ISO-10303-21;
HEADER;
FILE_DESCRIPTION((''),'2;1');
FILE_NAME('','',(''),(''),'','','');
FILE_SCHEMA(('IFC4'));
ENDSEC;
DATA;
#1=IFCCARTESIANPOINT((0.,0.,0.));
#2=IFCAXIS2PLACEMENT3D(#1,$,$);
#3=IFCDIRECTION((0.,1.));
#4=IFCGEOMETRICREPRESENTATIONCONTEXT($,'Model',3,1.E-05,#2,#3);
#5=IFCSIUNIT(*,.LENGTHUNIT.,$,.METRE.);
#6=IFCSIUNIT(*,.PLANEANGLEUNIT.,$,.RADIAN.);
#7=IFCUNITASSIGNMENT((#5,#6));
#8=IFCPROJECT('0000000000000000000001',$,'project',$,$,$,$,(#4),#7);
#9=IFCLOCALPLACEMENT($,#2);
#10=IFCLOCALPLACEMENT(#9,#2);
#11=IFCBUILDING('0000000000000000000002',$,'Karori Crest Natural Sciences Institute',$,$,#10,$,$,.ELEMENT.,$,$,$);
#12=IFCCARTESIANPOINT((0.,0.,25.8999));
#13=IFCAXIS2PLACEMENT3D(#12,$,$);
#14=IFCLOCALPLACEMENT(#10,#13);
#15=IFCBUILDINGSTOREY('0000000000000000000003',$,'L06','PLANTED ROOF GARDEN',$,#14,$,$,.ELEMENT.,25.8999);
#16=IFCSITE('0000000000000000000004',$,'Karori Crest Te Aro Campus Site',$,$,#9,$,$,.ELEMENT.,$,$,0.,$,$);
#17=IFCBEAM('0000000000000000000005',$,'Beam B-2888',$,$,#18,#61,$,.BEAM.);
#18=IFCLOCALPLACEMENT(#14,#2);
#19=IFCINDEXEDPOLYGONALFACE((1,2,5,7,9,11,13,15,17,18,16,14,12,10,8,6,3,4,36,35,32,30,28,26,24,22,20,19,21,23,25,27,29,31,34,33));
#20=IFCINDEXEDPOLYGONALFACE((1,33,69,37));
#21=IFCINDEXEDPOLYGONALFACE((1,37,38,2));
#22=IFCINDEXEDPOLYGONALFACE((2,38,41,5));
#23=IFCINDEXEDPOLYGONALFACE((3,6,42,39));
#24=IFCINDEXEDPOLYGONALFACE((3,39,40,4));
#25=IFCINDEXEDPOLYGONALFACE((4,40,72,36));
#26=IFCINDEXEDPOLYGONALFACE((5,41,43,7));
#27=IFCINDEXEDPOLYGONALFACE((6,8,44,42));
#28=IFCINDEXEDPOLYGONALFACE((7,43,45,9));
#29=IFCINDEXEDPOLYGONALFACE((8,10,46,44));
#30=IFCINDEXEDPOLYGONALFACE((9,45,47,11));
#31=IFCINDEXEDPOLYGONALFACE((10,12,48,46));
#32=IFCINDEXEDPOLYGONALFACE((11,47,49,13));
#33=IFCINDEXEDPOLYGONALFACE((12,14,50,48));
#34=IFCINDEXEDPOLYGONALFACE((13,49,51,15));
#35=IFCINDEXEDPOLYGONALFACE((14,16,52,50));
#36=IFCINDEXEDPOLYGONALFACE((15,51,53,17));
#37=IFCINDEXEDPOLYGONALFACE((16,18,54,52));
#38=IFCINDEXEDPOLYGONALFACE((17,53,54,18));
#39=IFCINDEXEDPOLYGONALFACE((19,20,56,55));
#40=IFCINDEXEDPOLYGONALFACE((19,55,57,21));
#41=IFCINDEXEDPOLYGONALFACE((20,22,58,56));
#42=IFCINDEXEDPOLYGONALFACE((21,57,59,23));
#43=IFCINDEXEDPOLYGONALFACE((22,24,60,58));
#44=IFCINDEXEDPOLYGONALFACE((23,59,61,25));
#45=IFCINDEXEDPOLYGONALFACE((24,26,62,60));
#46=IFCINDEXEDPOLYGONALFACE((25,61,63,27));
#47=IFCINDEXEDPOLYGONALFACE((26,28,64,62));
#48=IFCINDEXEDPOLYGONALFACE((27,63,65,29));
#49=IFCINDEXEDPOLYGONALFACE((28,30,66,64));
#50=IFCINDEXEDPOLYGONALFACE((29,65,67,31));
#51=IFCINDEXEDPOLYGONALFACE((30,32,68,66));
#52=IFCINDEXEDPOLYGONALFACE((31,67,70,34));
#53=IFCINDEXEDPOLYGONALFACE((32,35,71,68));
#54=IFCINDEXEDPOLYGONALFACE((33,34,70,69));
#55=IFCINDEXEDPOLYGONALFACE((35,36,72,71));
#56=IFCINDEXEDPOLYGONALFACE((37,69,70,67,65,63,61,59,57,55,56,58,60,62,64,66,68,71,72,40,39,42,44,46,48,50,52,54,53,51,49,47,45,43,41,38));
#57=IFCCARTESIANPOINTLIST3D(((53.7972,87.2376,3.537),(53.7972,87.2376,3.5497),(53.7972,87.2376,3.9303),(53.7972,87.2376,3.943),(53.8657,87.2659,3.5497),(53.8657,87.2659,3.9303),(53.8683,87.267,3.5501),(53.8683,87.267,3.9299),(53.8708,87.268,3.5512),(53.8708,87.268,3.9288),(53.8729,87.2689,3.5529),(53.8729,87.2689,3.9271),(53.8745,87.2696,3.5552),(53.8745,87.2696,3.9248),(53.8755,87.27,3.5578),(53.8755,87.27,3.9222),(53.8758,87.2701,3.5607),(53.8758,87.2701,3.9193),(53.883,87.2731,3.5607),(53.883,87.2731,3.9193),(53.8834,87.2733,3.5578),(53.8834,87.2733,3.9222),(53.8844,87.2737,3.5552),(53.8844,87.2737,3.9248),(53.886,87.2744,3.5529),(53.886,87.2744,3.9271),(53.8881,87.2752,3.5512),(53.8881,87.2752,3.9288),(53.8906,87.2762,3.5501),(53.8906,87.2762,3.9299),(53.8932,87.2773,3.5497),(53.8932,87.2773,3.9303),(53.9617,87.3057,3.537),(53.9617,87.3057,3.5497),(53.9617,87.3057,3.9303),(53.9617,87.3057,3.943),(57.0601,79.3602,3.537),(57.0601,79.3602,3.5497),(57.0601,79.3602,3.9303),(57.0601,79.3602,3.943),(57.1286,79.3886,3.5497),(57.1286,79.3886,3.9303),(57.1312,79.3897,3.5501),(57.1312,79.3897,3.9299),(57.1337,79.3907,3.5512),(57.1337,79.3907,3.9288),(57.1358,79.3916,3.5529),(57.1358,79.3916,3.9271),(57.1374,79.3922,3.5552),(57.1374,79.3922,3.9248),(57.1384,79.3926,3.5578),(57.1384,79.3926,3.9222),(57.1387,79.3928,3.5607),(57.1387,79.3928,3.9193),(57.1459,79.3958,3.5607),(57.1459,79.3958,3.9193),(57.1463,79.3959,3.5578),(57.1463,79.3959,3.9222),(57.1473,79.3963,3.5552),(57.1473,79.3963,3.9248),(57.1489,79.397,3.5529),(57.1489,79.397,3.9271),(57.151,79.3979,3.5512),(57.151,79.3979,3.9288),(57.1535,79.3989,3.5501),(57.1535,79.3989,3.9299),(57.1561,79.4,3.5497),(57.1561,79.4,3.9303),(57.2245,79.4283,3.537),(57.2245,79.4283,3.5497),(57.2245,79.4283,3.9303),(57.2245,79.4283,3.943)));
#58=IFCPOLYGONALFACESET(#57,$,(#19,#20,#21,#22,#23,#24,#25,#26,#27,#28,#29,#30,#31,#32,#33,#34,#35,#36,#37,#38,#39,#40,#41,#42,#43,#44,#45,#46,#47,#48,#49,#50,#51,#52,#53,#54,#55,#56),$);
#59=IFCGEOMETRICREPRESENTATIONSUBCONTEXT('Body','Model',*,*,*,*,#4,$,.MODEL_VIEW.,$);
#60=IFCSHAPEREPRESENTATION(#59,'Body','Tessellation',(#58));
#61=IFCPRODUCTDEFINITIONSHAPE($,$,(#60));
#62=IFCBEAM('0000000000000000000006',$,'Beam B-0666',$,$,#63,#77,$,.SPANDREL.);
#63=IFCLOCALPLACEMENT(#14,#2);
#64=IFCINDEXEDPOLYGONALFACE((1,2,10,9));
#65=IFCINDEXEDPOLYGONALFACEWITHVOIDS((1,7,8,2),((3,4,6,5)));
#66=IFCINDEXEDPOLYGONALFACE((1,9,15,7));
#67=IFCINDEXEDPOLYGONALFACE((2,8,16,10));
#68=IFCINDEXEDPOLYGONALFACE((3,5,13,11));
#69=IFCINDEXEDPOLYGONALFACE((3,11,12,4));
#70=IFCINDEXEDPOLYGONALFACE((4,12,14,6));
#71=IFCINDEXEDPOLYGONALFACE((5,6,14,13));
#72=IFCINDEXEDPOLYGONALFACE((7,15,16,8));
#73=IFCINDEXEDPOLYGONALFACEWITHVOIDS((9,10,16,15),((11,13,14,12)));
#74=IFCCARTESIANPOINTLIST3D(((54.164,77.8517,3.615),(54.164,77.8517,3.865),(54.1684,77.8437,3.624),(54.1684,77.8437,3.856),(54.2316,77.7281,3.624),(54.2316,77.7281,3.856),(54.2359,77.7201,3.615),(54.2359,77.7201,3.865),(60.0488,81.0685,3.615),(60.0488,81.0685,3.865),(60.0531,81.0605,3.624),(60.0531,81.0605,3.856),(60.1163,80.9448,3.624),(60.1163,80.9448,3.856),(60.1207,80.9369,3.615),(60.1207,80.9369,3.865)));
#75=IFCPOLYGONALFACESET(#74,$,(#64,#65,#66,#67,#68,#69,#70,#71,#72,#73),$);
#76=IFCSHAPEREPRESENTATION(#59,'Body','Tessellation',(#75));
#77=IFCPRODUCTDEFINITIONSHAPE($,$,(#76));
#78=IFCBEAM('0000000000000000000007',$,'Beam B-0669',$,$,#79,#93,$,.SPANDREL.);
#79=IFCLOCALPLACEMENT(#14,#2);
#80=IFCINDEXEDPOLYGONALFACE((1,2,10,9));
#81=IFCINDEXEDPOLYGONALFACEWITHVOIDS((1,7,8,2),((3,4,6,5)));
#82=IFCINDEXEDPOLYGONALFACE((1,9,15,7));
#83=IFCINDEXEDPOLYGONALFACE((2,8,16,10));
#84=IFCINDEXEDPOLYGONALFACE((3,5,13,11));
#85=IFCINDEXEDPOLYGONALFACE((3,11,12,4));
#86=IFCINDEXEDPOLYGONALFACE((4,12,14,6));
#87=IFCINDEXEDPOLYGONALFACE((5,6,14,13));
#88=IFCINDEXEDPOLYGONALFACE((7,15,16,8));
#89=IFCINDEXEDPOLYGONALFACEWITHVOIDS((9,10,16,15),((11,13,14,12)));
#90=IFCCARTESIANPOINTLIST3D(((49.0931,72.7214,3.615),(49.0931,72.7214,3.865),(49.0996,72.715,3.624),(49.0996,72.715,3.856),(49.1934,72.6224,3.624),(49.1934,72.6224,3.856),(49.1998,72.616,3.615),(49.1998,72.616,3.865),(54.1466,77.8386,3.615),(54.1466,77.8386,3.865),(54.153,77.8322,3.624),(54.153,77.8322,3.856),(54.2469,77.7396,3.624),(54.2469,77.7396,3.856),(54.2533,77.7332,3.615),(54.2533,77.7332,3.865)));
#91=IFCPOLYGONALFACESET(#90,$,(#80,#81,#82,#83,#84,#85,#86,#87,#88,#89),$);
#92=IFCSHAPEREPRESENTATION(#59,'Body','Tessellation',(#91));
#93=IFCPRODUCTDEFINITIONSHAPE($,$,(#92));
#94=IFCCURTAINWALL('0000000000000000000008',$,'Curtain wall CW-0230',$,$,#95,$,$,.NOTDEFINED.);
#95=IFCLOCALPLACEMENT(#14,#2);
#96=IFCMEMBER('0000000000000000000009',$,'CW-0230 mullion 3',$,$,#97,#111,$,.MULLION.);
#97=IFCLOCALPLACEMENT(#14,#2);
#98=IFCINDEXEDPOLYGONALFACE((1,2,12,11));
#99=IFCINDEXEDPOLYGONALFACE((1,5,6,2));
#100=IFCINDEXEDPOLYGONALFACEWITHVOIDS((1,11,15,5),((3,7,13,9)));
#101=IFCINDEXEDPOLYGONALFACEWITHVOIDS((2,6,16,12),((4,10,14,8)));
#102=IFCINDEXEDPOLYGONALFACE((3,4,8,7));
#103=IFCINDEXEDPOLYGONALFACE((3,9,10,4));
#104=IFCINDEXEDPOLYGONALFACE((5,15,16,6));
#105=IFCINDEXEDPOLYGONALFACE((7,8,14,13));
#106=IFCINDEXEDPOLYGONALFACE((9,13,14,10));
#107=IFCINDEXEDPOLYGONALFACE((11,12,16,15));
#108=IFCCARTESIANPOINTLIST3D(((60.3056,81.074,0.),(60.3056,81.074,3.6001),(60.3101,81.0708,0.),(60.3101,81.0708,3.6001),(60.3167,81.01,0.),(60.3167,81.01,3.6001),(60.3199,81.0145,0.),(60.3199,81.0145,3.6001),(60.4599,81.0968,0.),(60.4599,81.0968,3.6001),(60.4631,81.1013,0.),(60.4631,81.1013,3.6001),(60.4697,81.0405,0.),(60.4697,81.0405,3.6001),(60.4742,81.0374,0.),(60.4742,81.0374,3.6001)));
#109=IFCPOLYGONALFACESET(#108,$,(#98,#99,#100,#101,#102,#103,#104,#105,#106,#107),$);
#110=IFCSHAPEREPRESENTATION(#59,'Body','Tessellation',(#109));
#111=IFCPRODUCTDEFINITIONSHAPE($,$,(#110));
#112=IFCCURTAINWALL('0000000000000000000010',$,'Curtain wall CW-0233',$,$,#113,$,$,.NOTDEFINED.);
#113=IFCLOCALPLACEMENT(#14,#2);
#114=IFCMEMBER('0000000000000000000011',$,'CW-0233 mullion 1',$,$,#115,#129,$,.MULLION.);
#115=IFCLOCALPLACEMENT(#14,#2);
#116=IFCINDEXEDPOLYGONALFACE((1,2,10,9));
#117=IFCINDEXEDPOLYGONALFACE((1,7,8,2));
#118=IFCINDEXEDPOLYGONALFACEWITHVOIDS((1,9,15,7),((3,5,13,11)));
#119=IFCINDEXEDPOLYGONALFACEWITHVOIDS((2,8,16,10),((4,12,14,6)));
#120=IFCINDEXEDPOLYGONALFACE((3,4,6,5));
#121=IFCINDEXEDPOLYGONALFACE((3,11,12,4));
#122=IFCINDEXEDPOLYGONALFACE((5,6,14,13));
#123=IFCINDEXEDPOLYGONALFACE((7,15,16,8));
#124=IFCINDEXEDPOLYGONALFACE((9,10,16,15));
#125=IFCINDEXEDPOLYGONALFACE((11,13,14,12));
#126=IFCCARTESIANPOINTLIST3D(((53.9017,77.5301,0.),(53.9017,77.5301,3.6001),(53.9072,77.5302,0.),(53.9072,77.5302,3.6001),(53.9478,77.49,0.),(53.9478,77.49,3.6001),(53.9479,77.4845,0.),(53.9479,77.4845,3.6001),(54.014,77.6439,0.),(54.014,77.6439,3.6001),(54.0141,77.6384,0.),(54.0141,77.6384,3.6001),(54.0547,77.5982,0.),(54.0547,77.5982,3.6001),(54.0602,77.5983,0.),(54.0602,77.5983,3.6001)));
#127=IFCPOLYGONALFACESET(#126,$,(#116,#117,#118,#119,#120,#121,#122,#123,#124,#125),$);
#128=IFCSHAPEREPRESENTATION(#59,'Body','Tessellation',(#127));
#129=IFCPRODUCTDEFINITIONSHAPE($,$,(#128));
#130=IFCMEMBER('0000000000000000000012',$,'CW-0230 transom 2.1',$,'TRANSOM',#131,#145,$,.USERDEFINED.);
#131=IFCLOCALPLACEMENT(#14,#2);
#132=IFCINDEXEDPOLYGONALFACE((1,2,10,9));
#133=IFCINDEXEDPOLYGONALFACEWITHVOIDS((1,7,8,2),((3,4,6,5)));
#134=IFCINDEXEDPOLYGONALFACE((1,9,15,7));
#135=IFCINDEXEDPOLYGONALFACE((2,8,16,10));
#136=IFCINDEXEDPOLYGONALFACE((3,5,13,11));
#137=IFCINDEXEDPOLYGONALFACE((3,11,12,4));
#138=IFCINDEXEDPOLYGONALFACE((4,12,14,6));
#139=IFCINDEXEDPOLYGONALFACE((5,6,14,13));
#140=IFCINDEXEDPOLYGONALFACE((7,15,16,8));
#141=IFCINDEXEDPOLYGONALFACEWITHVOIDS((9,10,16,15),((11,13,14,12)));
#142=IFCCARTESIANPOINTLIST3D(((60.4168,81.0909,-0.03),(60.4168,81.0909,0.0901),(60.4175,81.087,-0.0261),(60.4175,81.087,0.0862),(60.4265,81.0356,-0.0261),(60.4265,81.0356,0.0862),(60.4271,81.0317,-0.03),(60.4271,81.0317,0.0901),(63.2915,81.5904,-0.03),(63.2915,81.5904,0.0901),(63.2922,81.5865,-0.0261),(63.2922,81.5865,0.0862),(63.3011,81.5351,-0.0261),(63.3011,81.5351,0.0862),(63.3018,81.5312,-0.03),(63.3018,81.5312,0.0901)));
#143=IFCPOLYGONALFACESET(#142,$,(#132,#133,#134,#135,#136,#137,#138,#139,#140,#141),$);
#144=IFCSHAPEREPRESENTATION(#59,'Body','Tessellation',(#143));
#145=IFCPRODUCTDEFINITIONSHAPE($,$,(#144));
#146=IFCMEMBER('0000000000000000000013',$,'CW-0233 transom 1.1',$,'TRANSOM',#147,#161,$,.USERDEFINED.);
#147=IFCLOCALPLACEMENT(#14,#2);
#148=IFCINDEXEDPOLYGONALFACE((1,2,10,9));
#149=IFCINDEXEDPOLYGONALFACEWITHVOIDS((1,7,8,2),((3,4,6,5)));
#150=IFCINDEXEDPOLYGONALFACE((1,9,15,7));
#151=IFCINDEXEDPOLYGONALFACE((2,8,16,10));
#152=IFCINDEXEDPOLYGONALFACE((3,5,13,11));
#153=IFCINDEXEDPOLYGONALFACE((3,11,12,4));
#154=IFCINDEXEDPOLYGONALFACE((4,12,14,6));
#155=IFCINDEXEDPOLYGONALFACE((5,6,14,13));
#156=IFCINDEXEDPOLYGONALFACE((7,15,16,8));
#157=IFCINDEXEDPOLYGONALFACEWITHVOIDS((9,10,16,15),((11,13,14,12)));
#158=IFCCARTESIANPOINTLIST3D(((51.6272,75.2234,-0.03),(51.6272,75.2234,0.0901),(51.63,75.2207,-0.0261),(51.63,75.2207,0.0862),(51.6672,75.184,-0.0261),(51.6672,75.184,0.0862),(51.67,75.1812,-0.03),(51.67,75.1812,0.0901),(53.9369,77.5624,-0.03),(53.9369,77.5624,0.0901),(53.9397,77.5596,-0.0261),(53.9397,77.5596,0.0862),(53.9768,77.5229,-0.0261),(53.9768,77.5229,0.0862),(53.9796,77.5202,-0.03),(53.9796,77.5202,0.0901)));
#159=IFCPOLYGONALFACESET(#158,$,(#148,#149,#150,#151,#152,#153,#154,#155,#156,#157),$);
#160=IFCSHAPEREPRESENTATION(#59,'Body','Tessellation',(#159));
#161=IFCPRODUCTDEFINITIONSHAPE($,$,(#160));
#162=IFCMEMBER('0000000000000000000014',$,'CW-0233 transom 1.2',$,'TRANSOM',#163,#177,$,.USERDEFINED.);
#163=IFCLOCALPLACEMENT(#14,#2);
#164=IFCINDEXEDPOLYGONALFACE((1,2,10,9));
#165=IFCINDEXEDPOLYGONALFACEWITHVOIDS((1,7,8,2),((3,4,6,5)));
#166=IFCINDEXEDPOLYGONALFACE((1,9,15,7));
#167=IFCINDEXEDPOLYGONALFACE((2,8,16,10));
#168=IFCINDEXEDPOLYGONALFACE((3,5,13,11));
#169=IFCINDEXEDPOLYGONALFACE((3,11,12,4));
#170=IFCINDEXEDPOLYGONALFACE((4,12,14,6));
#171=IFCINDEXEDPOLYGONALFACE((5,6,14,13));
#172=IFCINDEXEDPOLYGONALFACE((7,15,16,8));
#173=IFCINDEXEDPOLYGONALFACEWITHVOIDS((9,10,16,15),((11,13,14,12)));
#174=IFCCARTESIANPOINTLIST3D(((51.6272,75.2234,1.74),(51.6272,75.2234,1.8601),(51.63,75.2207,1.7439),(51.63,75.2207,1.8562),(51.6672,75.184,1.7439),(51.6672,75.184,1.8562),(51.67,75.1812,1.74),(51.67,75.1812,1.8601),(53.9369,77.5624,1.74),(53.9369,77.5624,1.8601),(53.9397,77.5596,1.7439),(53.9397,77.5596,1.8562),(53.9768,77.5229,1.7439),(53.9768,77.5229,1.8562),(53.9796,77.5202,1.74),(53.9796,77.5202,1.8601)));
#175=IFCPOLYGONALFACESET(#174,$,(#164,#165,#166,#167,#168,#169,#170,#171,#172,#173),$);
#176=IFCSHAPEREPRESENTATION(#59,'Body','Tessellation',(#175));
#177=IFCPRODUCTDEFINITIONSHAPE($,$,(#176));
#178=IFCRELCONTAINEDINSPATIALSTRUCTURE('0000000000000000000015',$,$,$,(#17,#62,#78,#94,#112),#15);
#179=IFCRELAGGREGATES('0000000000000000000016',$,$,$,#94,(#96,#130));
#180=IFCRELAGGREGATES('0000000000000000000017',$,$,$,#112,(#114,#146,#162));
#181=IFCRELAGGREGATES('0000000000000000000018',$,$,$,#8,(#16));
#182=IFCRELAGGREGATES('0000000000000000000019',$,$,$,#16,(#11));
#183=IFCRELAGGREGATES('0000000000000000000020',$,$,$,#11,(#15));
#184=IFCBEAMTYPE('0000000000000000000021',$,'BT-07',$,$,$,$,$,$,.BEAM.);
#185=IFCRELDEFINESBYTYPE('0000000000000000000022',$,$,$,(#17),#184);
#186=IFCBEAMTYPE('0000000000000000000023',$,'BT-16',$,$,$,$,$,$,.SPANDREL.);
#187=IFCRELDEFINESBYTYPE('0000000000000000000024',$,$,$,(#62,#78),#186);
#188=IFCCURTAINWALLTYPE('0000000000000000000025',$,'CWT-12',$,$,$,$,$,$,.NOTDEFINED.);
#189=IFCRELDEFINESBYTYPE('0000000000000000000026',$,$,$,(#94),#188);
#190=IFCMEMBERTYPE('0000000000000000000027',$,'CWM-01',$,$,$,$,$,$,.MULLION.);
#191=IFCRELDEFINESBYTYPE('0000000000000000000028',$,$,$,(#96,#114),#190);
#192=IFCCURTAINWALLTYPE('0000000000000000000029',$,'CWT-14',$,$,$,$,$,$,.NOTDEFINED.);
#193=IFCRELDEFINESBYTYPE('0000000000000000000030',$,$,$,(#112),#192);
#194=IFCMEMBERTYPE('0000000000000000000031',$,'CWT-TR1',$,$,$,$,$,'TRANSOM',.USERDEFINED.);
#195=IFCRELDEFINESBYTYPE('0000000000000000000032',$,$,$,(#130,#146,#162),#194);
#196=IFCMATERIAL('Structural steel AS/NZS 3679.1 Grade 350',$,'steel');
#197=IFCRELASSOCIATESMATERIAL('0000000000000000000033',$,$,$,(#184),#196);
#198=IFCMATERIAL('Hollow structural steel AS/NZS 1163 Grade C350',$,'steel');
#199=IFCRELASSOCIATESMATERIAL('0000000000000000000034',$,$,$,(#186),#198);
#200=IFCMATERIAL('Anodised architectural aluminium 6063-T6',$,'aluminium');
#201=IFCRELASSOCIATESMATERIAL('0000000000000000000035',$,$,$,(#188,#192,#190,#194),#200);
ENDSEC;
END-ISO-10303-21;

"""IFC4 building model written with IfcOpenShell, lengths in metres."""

from ifc_helpers import new_model, si_unit, direction, frame, origin, origin_2d, place, context, subcontext, project, spatial, hollow_rectangle, i_section, extrude, material, material_profile, profile_set, type_object, element, aggregate, save


model = new_model("IFC4")

# Units and contexts
model_context = context("Model", 3, precision=1e-05, world=origin(), true_north=direction((0.0, 1.0)))
body_context = subcontext(model_context, "Body", "Model", "MODEL_VIEW")
ifc_project = project(units=[si_unit("LENGTHUNIT", "METRE"), si_unit("PLANEANGLEUNIT", "RADIAN")], contexts=[model_context])

# Site, building, storey
site_placement = place(None, origin())
site = spatial("IfcSite", under=ifc_project, at=site_placement, Name="Karori Crest Te Aro Campus Site", CompositionType="ELEMENT", RefElevation=0.0)
building_placement = place(site_placement, origin())
building = spatial("IfcBuilding", under=site, at=building_placement, Name="Karori Crest Natural Sciences Institute", CompositionType="ELEMENT")
storey_placement = place(building_placement, frame((0.0, 0.0, 25.8999)))
storey = spatial("IfcBuildingStorey", under=building, at=storey_placement, Name="L06", Description="PLANTED ROOF GARDEN", CompositionType="ELEMENT", Elevation=25.8999)

# Beams
ifc_material_1 = material(Name="Structural steel AS/NZS 3679.1 Grade 350", Category="steel")
ifc_material_profile_1 = material_profile(ifc_material_1, i_section(OverallWidth=0.178, OverallDepth=0.406, WebThickness=0.0078, FlangeThickness=0.0127, FilletRadius=0.011, at=origin_2d()), Name="410UB59.7")
ifc_profile_set_1 = profile_set([ifc_material_profile_1], Name="Structural steel AS/NZS 3679.1 Grade 350")
beam_type_1 = type_object("IfcBeamType", Name="BT-07", PredefinedType="BEAM", material=ifc_profile_set_1)
for number, where, z_axis, x_axis, name in (
    (1, (57.1423, 79.3943, 3.74), (-0.382683, 0.92388, 0.0), (-0.92388, -0.382683, 0.0), "Beam B-2888"),
):
    element("IfcBeam", number, at=place(storey_placement, frame(where, z_axis=z_axis, x_axis=x_axis)), inside=storey, type_object=beam_type_1, Name=name, PredefinedType="BEAM", context=body_context, shape_type="SweptSolid", body=[
        extrude(i_section(OverallWidth=0.178, OverallDepth=0.406, WebThickness=0.0078, FlangeThickness=0.0127, FilletRadius=0.011, at=origin_2d()), origin(), (0.0, 0.0, 1.0), 8.5264),
    ])
ifc_material_2 = material(Name="Hollow structural steel AS/NZS 1163 Grade C350", Category="steel")
ifc_material_profile_2 = material_profile(ifc_material_2, hollow_rectangle(XDim=0.1499, YDim=0.25, WallThickness=0.009, at=origin_2d()), Name="RHS250x150x9")
ifc_profile_set_2 = profile_set([ifc_material_profile_2], Name="Hollow structural steel AS/NZS 1163 Grade C350")
beam_type_2 = type_object("IfcBeamType", Name="BT-16", PredefinedType="SPANDREL", material=ifc_profile_set_2)
beam_1_placement = place(storey_placement, frame((60.0847, 81.0027, 3.74), z_axis=(-0.877461, -0.479648, 0.0), x_axis=(0.479648, -0.877461, 0.0)))
element("IfcBeam", 2, at=beam_1_placement, inside=storey, type_object=beam_type_2, Name="Beam B-0666", PredefinedType="SPANDREL", context=body_context, shape_type="SweptSolid", body=[
    extrude(hollow_rectangle(XDim=0.1499, YDim=0.25, WallThickness=0.009, at=origin_2d()), origin(), (0.0, 0.0, 1.0), 6.7065),
])
beam_2_placement = place(storey_placement, frame((54.2, 77.7859, 3.74), z_axis=(-0.702663, -0.711523, 0.0), x_axis=(0.711523, -0.702663, 0.0)))
element("IfcBeam", 3, at=beam_2_placement, inside=storey, type_object=beam_type_2, Name="Beam B-0669", PredefinedType="SPANDREL", context=body_context, shape_type="SweptSolid", body=[
    extrude(hollow_rectangle(XDim=0.1499, YDim=0.25, WallThickness=0.009, at=origin_2d()), origin(), (0.0, 0.0, 1.0), 7.1919),
])

# Curtain walls, members
ifc_material_3 = material(Name="Anodised architectural aluminium 6063-T6", Category="aluminium")
curtain_wall_type_1 = type_object("IfcCurtainWallType", Name="CWT-12", PredefinedType="NOTDEFINED", material=ifc_material_3)
curtain_wall_1_placement = place(storey_placement, origin())
curtain_wall_1 = element("IfcCurtainWall", 4, at=curtain_wall_1_placement, inside=storey, type_object=curtain_wall_type_1, Name="Curtain wall CW-0230", PredefinedType="NOTDEFINED")
ifc_material_profile_3 = material_profile(ifc_material_3, hollow_rectangle(XDim=0.0649, YDim=0.1599, WallThickness=0.0039, at=origin_2d()), Name="CWM160x65x4")
ifc_profile_set_3 = profile_set([ifc_material_profile_3], Name="Anodised architectural aluminium 6063-T6")
member_type_1 = type_object("IfcMemberType", Name="CWM-01", PredefinedType="MULLION", material=ifc_profile_set_3)
member_1_placement = place(storey_placement, frame((60.3899, 81.0557, 0.0), z_axis=(0.0, 0.0, 1.0), x_axis=(0.171174, -0.985241, 0.0)))
member_1 = element("IfcMember", 5, at=member_1_placement, type_object=member_type_1, Name="CW-0230 mullion 3", PredefinedType="MULLION", context=body_context, shape_type="SweptSolid", body=[
    extrude(hollow_rectangle(XDim=0.0649, YDim=0.1599, WallThickness=0.0039, at=origin_2d()), origin(), (0.0, 0.0, 1.0), 3.6001),
])
curtain_wall_type_2 = type_object("IfcCurtainWallType", Name="CWT-14", PredefinedType="NOTDEFINED", material=ifc_material_3)
curtain_wall_2_placement = place(storey_placement, origin())
curtain_wall_2 = element("IfcCurtainWall", 6, at=curtain_wall_2_placement, inside=storey, type_object=curtain_wall_type_2, Name="Curtain wall CW-0233", PredefinedType="NOTDEFINED")
member_2_placement = place(storey_placement, frame((53.981, 77.5642, 0.0), z_axis=(0.0, 0.0, 1.0), x_axis=(0.711525, -0.702661, 0.0)))
member_2 = element("IfcMember", 7, at=member_2_placement, type_object=member_type_1, Name="CW-0233 mullion 1", PredefinedType="MULLION", context=body_context, shape_type="SweptSolid", body=[
    extrude(hollow_rectangle(XDim=0.0649, YDim=0.1599, WallThickness=0.0039, at=origin_2d()), origin(), (0.0, 0.0, 1.0), 3.6001),
])

# Members
ifc_material_profile_4 = material_profile(ifc_material_3, hollow_rectangle(XDim=0.0601, YDim=0.1201, WallThickness=0.0039, at=origin_2d()), Name="CWT120x60x4")
ifc_profile_set_4 = profile_set([ifc_material_profile_4], Name="Anodised architectural aluminium 6063-T6")
member_type_2 = type_object("IfcMemberType", Name="CWT-TR1", ElementType="TRANSOM", PredefinedType="USERDEFINED", material=ifc_profile_set_4)
member_3_placement = place(storey_placement, frame((63.2966, 81.5608, 0.03), z_axis=(-0.985238, -0.171193, 0.0), x_axis=(0.171193, -0.985238, 0.0)))
member_3 = element("IfcMember", 8, at=member_3_placement, type_object=member_type_2, Name="CW-0230 transom 2.1", ObjectType="TRANSOM", PredefinedType="USERDEFINED", context=body_context, shape_type="SweptSolid", body=[
    extrude(hollow_rectangle(XDim=0.0601, YDim=0.1201, WallThickness=0.0039, at=origin_2d()), origin(), (0.0, 0.0, 1.0), 2.9177),
])
member_4_placement = place(storey_placement, frame((53.9583, 77.5413, 0.03), z_axis=(-0.702636, -0.711549, 0.0), x_axis=(0.711549, -0.702636, 0.0)))
member_4 = element("IfcMember", 9, at=member_4_placement, type_object=member_type_2, Name="CW-0233 transom 1.1", ObjectType="TRANSOM", PredefinedType="USERDEFINED", context=body_context, shape_type="SweptSolid", body=[
    extrude(hollow_rectangle(XDim=0.0601, YDim=0.1201, WallThickness=0.0039, at=origin_2d()), origin(), (0.0, 0.0, 1.0), 3.2871),
])
member_5_placement = place(storey_placement, frame((53.9583, 77.5413, 1.8), z_axis=(-0.702636, -0.711549, 0.0), x_axis=(0.711549, -0.702636, 0.0)))
member_5 = element("IfcMember", 10, at=member_5_placement, type_object=member_type_2, Name="CW-0233 transom 1.2", ObjectType="TRANSOM", PredefinedType="USERDEFINED", context=body_context, shape_type="SweptSolid", body=[
    extrude(hollow_rectangle(XDim=0.0601, YDim=0.1201, WallThickness=0.0039, at=origin_2d()), origin(), (0.0, 0.0, 1.0), 3.2871),
])

aggregate(curtain_wall_1, [member_1, member_3])
aggregate(curtain_wall_2, [member_2, member_4, member_5])

save(model, "model.ifc")
